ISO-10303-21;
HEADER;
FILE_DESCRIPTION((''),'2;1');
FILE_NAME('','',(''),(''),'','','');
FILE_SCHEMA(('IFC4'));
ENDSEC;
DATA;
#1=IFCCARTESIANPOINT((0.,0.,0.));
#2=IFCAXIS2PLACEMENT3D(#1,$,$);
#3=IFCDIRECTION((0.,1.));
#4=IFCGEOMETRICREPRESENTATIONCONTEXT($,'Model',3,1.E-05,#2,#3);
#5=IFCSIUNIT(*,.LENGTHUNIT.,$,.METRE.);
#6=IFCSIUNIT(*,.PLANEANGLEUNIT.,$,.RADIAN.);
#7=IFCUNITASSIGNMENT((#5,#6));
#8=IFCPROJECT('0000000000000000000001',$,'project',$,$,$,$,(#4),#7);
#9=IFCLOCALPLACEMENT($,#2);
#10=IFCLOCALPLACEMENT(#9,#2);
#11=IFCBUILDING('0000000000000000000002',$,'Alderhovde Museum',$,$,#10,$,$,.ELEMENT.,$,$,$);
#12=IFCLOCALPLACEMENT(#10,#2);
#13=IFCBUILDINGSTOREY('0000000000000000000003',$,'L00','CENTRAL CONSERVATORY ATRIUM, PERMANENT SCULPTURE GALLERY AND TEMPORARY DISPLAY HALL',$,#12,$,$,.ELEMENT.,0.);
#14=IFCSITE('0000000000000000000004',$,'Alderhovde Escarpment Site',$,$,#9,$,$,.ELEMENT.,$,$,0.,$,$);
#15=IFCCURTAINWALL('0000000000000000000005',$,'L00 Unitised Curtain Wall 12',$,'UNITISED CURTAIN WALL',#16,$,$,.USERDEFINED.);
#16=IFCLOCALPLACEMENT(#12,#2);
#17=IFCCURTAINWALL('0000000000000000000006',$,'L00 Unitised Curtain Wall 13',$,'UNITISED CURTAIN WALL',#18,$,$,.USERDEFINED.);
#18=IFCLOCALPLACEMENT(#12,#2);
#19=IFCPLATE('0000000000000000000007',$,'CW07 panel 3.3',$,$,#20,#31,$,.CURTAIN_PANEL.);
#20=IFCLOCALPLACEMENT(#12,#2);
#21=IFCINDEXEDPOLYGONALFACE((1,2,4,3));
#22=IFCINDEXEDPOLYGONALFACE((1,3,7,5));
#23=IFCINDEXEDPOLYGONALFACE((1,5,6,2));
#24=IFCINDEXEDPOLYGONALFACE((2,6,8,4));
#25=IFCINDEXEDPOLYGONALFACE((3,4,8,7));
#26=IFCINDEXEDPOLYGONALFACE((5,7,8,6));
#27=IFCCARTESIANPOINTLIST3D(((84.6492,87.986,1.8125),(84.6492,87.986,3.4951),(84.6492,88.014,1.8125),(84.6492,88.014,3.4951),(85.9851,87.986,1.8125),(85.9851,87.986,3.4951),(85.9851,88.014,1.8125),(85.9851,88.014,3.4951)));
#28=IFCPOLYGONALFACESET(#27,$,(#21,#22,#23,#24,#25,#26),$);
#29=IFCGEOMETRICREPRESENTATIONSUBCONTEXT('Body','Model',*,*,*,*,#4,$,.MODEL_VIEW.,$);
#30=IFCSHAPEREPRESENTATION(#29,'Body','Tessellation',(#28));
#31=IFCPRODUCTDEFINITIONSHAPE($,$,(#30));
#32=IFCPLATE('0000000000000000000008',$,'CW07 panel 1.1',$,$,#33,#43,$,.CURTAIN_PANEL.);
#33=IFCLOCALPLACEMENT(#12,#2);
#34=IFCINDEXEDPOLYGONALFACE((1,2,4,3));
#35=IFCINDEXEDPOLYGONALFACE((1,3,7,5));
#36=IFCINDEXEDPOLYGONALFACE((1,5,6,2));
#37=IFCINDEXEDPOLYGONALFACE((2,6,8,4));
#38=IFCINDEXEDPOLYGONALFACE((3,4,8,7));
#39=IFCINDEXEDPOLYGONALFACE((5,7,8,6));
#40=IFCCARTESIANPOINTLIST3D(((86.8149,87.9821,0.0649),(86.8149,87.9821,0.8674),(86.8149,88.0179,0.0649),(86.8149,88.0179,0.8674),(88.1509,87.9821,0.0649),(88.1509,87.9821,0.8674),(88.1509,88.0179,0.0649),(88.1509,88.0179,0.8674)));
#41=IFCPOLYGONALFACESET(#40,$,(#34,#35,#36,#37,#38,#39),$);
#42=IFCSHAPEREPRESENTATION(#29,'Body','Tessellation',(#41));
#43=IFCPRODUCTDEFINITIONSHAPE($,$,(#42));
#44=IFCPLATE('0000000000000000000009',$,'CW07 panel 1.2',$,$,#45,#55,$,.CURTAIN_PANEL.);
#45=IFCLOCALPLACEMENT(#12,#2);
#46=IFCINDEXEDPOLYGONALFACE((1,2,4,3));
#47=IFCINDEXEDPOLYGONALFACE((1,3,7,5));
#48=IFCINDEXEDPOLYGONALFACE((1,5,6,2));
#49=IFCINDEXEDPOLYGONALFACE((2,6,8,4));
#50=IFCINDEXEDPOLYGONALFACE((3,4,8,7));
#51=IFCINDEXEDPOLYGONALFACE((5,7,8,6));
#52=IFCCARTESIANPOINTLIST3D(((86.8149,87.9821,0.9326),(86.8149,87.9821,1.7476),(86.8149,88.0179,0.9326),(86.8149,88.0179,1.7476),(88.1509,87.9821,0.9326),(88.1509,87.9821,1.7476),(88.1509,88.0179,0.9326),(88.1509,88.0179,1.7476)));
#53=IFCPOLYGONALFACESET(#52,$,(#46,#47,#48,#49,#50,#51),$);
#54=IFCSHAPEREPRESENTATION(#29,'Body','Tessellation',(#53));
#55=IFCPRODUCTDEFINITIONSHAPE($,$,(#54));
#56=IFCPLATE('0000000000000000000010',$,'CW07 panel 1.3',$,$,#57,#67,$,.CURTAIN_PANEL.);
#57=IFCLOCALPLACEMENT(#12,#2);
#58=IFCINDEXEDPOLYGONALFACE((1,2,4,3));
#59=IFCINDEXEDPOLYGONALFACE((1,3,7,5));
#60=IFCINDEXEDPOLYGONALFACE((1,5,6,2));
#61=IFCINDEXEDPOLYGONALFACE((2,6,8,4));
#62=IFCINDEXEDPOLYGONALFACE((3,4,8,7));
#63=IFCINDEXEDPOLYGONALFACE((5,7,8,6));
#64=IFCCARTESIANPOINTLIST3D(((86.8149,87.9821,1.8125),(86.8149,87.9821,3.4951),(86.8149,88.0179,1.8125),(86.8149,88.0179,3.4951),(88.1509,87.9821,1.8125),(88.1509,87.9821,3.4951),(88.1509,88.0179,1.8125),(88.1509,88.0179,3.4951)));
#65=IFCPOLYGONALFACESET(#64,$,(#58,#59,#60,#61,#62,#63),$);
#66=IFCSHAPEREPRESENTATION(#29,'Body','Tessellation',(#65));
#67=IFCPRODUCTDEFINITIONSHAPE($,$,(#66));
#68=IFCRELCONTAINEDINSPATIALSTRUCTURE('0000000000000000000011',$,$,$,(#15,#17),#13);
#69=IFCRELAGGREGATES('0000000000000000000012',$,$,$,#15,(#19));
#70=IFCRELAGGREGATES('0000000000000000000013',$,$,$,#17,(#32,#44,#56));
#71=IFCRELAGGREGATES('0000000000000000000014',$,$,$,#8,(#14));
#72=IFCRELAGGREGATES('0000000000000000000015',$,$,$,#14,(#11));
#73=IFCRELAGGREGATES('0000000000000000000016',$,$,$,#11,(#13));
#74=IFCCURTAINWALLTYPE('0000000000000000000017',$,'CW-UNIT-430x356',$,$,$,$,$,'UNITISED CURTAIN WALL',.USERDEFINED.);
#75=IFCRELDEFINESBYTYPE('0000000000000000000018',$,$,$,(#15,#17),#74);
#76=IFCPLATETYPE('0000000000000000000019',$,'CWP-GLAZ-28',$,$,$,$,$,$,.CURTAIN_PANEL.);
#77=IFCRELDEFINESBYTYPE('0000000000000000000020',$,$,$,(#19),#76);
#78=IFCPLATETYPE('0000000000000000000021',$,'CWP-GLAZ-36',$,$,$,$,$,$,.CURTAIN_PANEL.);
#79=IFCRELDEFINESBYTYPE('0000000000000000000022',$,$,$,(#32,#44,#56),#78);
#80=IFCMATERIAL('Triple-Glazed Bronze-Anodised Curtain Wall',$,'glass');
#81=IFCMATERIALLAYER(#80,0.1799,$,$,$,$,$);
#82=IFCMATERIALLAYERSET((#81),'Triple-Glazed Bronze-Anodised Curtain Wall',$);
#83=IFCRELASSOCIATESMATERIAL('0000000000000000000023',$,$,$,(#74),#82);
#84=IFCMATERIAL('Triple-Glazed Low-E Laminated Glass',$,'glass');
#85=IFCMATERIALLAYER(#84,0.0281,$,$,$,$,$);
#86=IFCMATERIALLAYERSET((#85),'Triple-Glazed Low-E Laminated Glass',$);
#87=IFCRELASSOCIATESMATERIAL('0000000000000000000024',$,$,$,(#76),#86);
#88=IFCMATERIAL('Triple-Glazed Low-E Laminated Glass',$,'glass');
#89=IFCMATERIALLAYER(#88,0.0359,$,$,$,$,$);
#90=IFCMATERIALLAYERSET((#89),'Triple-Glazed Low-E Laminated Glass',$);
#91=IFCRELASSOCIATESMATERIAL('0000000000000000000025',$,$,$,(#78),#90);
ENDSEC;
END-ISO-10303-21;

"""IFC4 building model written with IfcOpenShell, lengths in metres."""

from ifc_helpers import new_model, si_unit, direction, frame, origin, origin_2d, place, context, subcontext, project, spatial, rectangle, extrude, material, layer, layer_set, type_object, element, aggregate, save


model = new_model("IFC4")

# Units and contexts
model_context = context("Model", 3, precision=1e-05, world=origin(), true_north=direction((0.0, 1.0)))
body_context = subcontext(model_context, "Body", "Model", "MODEL_VIEW")
ifc_project = project(units=[si_unit("LENGTHUNIT", "METRE"), si_unit("PLANEANGLEUNIT", "RADIAN")], contexts=[model_context])

# Site, building, storey
site_placement = place(None, origin())
site = spatial("IfcSite", under=ifc_project, at=site_placement, Name="Alderhovde Escarpment Site", CompositionType="ELEMENT", RefElevation=0.0)
building_placement = place(site_placement, origin())
building = spatial("IfcBuilding", under=site, at=building_placement, Name="Alderhovde Museum", CompositionType="ELEMENT")
storey_placement = place(building_placement, origin())
storey = spatial("IfcBuildingStorey", under=building, at=storey_placement, Name="L00", Description="CENTRAL CONSERVATORY ATRIUM, PERMANENT SCULPTURE GALLERY AND TEMPORARY DISPLAY HALL", CompositionType="ELEMENT", Elevation=0.0)

# Curtain walls
ifc_material_1 = material(Name="Triple-Glazed Bronze-Anodised Curtain Wall", Category="glass")
ifc_layer_1 = layer(ifc_material_1, 0.1799)
ifc_layer_set_1 = layer_set([ifc_layer_1], Name="Triple-Glazed Bronze-Anodised Curtain Wall")
curtain_wall_type = type_object("IfcCurtainWallType", Name="CW-UNIT-430x356", ElementType="UNITISED CURTAIN WALL", PredefinedType="USERDEFINED", material=ifc_layer_set_1)
curtain_wall_1_placement = place(storey_placement, origin())
curtain_wall_1 = element("IfcCurtainWall", 1, at=curtain_wall_1_placement, inside=storey, type_object=curtain_wall_type, Name="L00 Unitised Curtain Wall 12", ObjectType="UNITISED CURTAIN WALL", PredefinedType="USERDEFINED")
curtain_wall_2_placement = place(storey_placement, origin())
curtain_wall_2 = element("IfcCurtainWall", 2, at=curtain_wall_2_placement, inside=storey, type_object=curtain_wall_type, Name="L00 Unitised Curtain Wall 13", ObjectType="UNITISED CURTAIN WALL", PredefinedType="USERDEFINED")

# Plates
ifc_material_2 = material(Name="Triple-Glazed Low-E Laminated Glass", Category="glass")
ifc_layer_2 = layer(ifc_material_2, 0.0281)
ifc_layer_set_2 = layer_set([ifc_layer_2], Name="Triple-Glazed Low-E Laminated Glass")
plate_type_1 = type_object("IfcPlateType", Name="CWP-GLAZ-28", PredefinedType="CURTAIN_PANEL", material=ifc_layer_set_2)
plate_1_placement = place(storey_placement, frame((85.3171, 88.0, 1.8125), z_axis=(0.0, 0.0, 1.0), x_axis=(1.0, 0.0, 0.0)))
plate_1 = element("IfcPlate", 3, at=plate_1_placement, type_object=plate_type_1, Name="CW07 panel 3.3", PredefinedType="CURTAIN_PANEL", context=body_context, shape_type="SweptSolid", body=[
    extrude(rectangle(XDim=1.3359, YDim=0.0281, at=origin_2d()), origin(), (0.0, 0.0, 1.0), 1.6826),
])
aggregate(curtain_wall_1, [plate_1])
ifc_material_3 = material(Name="Triple-Glazed Low-E Laminated Glass", Category="glass")
ifc_layer_3 = layer(ifc_material_3, 0.0359)
ifc_layer_set_3 = layer_set([ifc_layer_3], Name="Triple-Glazed Low-E Laminated Glass")
plate_type_2 = type_object("IfcPlateType", Name="CWP-GLAZ-36", PredefinedType="CURTAIN_PANEL", material=ifc_layer_set_3)
plate_2_placement = place(storey_placement, frame((87.4829, 88.0, 0.0649), z_axis=(0.0, 0.0, 1.0), x_axis=(1.0, 0.0, 0.0)))
plate_2 = element("IfcPlate", 4, at=plate_2_placement, type_object=plate_type_2, Name="CW07 panel 1.1", PredefinedType="CURTAIN_PANEL", context=body_context, shape_type="SweptSolid", body=[
    extrude(rectangle(XDim=1.3359, YDim=0.0359, at=origin_2d()), origin(), (0.0, 0.0, 1.0), 0.8025),
])
plate_3_placement = place(storey_placement, frame((87.4829, 88.0, 0.9326), z_axis=(0.0, 0.0, 1.0), x_axis=(1.0, 0.0, 0.0)))
plate_3 = element("IfcPlate", 5, at=plate_3_placement, type_object=plate_type_2, Name="CW07 panel 1.2", PredefinedType="CURTAIN_PANEL", context=body_context, shape_type="SweptSolid", body=[
    extrude(rectangle(XDim=1.3359, YDim=0.0359, at=origin_2d()), origin(), (0.0, 0.0, 1.0), 0.8149),
])
plate_4_placement = place(storey_placement, frame((87.4829, 88.0, 1.8125), z_axis=(0.0, 0.0, 1.0), x_axis=(1.0, 0.0, 0.0)))
plate_4 = element("IfcPlate", 6, at=plate_4_placement, type_object=plate_type_2, Name="CW07 panel 1.3", PredefinedType="CURTAIN_PANEL", context=body_context, shape_type="SweptSolid", body=[
    extrude(rectangle(XDim=1.3359, YDim=0.0359, at=origin_2d()), origin(), (0.0, 0.0, 1.0), 1.6826),
])
aggregate(curtain_wall_2, [plate_2, plate_3, plate_4])

save(model, "model.ifc")
